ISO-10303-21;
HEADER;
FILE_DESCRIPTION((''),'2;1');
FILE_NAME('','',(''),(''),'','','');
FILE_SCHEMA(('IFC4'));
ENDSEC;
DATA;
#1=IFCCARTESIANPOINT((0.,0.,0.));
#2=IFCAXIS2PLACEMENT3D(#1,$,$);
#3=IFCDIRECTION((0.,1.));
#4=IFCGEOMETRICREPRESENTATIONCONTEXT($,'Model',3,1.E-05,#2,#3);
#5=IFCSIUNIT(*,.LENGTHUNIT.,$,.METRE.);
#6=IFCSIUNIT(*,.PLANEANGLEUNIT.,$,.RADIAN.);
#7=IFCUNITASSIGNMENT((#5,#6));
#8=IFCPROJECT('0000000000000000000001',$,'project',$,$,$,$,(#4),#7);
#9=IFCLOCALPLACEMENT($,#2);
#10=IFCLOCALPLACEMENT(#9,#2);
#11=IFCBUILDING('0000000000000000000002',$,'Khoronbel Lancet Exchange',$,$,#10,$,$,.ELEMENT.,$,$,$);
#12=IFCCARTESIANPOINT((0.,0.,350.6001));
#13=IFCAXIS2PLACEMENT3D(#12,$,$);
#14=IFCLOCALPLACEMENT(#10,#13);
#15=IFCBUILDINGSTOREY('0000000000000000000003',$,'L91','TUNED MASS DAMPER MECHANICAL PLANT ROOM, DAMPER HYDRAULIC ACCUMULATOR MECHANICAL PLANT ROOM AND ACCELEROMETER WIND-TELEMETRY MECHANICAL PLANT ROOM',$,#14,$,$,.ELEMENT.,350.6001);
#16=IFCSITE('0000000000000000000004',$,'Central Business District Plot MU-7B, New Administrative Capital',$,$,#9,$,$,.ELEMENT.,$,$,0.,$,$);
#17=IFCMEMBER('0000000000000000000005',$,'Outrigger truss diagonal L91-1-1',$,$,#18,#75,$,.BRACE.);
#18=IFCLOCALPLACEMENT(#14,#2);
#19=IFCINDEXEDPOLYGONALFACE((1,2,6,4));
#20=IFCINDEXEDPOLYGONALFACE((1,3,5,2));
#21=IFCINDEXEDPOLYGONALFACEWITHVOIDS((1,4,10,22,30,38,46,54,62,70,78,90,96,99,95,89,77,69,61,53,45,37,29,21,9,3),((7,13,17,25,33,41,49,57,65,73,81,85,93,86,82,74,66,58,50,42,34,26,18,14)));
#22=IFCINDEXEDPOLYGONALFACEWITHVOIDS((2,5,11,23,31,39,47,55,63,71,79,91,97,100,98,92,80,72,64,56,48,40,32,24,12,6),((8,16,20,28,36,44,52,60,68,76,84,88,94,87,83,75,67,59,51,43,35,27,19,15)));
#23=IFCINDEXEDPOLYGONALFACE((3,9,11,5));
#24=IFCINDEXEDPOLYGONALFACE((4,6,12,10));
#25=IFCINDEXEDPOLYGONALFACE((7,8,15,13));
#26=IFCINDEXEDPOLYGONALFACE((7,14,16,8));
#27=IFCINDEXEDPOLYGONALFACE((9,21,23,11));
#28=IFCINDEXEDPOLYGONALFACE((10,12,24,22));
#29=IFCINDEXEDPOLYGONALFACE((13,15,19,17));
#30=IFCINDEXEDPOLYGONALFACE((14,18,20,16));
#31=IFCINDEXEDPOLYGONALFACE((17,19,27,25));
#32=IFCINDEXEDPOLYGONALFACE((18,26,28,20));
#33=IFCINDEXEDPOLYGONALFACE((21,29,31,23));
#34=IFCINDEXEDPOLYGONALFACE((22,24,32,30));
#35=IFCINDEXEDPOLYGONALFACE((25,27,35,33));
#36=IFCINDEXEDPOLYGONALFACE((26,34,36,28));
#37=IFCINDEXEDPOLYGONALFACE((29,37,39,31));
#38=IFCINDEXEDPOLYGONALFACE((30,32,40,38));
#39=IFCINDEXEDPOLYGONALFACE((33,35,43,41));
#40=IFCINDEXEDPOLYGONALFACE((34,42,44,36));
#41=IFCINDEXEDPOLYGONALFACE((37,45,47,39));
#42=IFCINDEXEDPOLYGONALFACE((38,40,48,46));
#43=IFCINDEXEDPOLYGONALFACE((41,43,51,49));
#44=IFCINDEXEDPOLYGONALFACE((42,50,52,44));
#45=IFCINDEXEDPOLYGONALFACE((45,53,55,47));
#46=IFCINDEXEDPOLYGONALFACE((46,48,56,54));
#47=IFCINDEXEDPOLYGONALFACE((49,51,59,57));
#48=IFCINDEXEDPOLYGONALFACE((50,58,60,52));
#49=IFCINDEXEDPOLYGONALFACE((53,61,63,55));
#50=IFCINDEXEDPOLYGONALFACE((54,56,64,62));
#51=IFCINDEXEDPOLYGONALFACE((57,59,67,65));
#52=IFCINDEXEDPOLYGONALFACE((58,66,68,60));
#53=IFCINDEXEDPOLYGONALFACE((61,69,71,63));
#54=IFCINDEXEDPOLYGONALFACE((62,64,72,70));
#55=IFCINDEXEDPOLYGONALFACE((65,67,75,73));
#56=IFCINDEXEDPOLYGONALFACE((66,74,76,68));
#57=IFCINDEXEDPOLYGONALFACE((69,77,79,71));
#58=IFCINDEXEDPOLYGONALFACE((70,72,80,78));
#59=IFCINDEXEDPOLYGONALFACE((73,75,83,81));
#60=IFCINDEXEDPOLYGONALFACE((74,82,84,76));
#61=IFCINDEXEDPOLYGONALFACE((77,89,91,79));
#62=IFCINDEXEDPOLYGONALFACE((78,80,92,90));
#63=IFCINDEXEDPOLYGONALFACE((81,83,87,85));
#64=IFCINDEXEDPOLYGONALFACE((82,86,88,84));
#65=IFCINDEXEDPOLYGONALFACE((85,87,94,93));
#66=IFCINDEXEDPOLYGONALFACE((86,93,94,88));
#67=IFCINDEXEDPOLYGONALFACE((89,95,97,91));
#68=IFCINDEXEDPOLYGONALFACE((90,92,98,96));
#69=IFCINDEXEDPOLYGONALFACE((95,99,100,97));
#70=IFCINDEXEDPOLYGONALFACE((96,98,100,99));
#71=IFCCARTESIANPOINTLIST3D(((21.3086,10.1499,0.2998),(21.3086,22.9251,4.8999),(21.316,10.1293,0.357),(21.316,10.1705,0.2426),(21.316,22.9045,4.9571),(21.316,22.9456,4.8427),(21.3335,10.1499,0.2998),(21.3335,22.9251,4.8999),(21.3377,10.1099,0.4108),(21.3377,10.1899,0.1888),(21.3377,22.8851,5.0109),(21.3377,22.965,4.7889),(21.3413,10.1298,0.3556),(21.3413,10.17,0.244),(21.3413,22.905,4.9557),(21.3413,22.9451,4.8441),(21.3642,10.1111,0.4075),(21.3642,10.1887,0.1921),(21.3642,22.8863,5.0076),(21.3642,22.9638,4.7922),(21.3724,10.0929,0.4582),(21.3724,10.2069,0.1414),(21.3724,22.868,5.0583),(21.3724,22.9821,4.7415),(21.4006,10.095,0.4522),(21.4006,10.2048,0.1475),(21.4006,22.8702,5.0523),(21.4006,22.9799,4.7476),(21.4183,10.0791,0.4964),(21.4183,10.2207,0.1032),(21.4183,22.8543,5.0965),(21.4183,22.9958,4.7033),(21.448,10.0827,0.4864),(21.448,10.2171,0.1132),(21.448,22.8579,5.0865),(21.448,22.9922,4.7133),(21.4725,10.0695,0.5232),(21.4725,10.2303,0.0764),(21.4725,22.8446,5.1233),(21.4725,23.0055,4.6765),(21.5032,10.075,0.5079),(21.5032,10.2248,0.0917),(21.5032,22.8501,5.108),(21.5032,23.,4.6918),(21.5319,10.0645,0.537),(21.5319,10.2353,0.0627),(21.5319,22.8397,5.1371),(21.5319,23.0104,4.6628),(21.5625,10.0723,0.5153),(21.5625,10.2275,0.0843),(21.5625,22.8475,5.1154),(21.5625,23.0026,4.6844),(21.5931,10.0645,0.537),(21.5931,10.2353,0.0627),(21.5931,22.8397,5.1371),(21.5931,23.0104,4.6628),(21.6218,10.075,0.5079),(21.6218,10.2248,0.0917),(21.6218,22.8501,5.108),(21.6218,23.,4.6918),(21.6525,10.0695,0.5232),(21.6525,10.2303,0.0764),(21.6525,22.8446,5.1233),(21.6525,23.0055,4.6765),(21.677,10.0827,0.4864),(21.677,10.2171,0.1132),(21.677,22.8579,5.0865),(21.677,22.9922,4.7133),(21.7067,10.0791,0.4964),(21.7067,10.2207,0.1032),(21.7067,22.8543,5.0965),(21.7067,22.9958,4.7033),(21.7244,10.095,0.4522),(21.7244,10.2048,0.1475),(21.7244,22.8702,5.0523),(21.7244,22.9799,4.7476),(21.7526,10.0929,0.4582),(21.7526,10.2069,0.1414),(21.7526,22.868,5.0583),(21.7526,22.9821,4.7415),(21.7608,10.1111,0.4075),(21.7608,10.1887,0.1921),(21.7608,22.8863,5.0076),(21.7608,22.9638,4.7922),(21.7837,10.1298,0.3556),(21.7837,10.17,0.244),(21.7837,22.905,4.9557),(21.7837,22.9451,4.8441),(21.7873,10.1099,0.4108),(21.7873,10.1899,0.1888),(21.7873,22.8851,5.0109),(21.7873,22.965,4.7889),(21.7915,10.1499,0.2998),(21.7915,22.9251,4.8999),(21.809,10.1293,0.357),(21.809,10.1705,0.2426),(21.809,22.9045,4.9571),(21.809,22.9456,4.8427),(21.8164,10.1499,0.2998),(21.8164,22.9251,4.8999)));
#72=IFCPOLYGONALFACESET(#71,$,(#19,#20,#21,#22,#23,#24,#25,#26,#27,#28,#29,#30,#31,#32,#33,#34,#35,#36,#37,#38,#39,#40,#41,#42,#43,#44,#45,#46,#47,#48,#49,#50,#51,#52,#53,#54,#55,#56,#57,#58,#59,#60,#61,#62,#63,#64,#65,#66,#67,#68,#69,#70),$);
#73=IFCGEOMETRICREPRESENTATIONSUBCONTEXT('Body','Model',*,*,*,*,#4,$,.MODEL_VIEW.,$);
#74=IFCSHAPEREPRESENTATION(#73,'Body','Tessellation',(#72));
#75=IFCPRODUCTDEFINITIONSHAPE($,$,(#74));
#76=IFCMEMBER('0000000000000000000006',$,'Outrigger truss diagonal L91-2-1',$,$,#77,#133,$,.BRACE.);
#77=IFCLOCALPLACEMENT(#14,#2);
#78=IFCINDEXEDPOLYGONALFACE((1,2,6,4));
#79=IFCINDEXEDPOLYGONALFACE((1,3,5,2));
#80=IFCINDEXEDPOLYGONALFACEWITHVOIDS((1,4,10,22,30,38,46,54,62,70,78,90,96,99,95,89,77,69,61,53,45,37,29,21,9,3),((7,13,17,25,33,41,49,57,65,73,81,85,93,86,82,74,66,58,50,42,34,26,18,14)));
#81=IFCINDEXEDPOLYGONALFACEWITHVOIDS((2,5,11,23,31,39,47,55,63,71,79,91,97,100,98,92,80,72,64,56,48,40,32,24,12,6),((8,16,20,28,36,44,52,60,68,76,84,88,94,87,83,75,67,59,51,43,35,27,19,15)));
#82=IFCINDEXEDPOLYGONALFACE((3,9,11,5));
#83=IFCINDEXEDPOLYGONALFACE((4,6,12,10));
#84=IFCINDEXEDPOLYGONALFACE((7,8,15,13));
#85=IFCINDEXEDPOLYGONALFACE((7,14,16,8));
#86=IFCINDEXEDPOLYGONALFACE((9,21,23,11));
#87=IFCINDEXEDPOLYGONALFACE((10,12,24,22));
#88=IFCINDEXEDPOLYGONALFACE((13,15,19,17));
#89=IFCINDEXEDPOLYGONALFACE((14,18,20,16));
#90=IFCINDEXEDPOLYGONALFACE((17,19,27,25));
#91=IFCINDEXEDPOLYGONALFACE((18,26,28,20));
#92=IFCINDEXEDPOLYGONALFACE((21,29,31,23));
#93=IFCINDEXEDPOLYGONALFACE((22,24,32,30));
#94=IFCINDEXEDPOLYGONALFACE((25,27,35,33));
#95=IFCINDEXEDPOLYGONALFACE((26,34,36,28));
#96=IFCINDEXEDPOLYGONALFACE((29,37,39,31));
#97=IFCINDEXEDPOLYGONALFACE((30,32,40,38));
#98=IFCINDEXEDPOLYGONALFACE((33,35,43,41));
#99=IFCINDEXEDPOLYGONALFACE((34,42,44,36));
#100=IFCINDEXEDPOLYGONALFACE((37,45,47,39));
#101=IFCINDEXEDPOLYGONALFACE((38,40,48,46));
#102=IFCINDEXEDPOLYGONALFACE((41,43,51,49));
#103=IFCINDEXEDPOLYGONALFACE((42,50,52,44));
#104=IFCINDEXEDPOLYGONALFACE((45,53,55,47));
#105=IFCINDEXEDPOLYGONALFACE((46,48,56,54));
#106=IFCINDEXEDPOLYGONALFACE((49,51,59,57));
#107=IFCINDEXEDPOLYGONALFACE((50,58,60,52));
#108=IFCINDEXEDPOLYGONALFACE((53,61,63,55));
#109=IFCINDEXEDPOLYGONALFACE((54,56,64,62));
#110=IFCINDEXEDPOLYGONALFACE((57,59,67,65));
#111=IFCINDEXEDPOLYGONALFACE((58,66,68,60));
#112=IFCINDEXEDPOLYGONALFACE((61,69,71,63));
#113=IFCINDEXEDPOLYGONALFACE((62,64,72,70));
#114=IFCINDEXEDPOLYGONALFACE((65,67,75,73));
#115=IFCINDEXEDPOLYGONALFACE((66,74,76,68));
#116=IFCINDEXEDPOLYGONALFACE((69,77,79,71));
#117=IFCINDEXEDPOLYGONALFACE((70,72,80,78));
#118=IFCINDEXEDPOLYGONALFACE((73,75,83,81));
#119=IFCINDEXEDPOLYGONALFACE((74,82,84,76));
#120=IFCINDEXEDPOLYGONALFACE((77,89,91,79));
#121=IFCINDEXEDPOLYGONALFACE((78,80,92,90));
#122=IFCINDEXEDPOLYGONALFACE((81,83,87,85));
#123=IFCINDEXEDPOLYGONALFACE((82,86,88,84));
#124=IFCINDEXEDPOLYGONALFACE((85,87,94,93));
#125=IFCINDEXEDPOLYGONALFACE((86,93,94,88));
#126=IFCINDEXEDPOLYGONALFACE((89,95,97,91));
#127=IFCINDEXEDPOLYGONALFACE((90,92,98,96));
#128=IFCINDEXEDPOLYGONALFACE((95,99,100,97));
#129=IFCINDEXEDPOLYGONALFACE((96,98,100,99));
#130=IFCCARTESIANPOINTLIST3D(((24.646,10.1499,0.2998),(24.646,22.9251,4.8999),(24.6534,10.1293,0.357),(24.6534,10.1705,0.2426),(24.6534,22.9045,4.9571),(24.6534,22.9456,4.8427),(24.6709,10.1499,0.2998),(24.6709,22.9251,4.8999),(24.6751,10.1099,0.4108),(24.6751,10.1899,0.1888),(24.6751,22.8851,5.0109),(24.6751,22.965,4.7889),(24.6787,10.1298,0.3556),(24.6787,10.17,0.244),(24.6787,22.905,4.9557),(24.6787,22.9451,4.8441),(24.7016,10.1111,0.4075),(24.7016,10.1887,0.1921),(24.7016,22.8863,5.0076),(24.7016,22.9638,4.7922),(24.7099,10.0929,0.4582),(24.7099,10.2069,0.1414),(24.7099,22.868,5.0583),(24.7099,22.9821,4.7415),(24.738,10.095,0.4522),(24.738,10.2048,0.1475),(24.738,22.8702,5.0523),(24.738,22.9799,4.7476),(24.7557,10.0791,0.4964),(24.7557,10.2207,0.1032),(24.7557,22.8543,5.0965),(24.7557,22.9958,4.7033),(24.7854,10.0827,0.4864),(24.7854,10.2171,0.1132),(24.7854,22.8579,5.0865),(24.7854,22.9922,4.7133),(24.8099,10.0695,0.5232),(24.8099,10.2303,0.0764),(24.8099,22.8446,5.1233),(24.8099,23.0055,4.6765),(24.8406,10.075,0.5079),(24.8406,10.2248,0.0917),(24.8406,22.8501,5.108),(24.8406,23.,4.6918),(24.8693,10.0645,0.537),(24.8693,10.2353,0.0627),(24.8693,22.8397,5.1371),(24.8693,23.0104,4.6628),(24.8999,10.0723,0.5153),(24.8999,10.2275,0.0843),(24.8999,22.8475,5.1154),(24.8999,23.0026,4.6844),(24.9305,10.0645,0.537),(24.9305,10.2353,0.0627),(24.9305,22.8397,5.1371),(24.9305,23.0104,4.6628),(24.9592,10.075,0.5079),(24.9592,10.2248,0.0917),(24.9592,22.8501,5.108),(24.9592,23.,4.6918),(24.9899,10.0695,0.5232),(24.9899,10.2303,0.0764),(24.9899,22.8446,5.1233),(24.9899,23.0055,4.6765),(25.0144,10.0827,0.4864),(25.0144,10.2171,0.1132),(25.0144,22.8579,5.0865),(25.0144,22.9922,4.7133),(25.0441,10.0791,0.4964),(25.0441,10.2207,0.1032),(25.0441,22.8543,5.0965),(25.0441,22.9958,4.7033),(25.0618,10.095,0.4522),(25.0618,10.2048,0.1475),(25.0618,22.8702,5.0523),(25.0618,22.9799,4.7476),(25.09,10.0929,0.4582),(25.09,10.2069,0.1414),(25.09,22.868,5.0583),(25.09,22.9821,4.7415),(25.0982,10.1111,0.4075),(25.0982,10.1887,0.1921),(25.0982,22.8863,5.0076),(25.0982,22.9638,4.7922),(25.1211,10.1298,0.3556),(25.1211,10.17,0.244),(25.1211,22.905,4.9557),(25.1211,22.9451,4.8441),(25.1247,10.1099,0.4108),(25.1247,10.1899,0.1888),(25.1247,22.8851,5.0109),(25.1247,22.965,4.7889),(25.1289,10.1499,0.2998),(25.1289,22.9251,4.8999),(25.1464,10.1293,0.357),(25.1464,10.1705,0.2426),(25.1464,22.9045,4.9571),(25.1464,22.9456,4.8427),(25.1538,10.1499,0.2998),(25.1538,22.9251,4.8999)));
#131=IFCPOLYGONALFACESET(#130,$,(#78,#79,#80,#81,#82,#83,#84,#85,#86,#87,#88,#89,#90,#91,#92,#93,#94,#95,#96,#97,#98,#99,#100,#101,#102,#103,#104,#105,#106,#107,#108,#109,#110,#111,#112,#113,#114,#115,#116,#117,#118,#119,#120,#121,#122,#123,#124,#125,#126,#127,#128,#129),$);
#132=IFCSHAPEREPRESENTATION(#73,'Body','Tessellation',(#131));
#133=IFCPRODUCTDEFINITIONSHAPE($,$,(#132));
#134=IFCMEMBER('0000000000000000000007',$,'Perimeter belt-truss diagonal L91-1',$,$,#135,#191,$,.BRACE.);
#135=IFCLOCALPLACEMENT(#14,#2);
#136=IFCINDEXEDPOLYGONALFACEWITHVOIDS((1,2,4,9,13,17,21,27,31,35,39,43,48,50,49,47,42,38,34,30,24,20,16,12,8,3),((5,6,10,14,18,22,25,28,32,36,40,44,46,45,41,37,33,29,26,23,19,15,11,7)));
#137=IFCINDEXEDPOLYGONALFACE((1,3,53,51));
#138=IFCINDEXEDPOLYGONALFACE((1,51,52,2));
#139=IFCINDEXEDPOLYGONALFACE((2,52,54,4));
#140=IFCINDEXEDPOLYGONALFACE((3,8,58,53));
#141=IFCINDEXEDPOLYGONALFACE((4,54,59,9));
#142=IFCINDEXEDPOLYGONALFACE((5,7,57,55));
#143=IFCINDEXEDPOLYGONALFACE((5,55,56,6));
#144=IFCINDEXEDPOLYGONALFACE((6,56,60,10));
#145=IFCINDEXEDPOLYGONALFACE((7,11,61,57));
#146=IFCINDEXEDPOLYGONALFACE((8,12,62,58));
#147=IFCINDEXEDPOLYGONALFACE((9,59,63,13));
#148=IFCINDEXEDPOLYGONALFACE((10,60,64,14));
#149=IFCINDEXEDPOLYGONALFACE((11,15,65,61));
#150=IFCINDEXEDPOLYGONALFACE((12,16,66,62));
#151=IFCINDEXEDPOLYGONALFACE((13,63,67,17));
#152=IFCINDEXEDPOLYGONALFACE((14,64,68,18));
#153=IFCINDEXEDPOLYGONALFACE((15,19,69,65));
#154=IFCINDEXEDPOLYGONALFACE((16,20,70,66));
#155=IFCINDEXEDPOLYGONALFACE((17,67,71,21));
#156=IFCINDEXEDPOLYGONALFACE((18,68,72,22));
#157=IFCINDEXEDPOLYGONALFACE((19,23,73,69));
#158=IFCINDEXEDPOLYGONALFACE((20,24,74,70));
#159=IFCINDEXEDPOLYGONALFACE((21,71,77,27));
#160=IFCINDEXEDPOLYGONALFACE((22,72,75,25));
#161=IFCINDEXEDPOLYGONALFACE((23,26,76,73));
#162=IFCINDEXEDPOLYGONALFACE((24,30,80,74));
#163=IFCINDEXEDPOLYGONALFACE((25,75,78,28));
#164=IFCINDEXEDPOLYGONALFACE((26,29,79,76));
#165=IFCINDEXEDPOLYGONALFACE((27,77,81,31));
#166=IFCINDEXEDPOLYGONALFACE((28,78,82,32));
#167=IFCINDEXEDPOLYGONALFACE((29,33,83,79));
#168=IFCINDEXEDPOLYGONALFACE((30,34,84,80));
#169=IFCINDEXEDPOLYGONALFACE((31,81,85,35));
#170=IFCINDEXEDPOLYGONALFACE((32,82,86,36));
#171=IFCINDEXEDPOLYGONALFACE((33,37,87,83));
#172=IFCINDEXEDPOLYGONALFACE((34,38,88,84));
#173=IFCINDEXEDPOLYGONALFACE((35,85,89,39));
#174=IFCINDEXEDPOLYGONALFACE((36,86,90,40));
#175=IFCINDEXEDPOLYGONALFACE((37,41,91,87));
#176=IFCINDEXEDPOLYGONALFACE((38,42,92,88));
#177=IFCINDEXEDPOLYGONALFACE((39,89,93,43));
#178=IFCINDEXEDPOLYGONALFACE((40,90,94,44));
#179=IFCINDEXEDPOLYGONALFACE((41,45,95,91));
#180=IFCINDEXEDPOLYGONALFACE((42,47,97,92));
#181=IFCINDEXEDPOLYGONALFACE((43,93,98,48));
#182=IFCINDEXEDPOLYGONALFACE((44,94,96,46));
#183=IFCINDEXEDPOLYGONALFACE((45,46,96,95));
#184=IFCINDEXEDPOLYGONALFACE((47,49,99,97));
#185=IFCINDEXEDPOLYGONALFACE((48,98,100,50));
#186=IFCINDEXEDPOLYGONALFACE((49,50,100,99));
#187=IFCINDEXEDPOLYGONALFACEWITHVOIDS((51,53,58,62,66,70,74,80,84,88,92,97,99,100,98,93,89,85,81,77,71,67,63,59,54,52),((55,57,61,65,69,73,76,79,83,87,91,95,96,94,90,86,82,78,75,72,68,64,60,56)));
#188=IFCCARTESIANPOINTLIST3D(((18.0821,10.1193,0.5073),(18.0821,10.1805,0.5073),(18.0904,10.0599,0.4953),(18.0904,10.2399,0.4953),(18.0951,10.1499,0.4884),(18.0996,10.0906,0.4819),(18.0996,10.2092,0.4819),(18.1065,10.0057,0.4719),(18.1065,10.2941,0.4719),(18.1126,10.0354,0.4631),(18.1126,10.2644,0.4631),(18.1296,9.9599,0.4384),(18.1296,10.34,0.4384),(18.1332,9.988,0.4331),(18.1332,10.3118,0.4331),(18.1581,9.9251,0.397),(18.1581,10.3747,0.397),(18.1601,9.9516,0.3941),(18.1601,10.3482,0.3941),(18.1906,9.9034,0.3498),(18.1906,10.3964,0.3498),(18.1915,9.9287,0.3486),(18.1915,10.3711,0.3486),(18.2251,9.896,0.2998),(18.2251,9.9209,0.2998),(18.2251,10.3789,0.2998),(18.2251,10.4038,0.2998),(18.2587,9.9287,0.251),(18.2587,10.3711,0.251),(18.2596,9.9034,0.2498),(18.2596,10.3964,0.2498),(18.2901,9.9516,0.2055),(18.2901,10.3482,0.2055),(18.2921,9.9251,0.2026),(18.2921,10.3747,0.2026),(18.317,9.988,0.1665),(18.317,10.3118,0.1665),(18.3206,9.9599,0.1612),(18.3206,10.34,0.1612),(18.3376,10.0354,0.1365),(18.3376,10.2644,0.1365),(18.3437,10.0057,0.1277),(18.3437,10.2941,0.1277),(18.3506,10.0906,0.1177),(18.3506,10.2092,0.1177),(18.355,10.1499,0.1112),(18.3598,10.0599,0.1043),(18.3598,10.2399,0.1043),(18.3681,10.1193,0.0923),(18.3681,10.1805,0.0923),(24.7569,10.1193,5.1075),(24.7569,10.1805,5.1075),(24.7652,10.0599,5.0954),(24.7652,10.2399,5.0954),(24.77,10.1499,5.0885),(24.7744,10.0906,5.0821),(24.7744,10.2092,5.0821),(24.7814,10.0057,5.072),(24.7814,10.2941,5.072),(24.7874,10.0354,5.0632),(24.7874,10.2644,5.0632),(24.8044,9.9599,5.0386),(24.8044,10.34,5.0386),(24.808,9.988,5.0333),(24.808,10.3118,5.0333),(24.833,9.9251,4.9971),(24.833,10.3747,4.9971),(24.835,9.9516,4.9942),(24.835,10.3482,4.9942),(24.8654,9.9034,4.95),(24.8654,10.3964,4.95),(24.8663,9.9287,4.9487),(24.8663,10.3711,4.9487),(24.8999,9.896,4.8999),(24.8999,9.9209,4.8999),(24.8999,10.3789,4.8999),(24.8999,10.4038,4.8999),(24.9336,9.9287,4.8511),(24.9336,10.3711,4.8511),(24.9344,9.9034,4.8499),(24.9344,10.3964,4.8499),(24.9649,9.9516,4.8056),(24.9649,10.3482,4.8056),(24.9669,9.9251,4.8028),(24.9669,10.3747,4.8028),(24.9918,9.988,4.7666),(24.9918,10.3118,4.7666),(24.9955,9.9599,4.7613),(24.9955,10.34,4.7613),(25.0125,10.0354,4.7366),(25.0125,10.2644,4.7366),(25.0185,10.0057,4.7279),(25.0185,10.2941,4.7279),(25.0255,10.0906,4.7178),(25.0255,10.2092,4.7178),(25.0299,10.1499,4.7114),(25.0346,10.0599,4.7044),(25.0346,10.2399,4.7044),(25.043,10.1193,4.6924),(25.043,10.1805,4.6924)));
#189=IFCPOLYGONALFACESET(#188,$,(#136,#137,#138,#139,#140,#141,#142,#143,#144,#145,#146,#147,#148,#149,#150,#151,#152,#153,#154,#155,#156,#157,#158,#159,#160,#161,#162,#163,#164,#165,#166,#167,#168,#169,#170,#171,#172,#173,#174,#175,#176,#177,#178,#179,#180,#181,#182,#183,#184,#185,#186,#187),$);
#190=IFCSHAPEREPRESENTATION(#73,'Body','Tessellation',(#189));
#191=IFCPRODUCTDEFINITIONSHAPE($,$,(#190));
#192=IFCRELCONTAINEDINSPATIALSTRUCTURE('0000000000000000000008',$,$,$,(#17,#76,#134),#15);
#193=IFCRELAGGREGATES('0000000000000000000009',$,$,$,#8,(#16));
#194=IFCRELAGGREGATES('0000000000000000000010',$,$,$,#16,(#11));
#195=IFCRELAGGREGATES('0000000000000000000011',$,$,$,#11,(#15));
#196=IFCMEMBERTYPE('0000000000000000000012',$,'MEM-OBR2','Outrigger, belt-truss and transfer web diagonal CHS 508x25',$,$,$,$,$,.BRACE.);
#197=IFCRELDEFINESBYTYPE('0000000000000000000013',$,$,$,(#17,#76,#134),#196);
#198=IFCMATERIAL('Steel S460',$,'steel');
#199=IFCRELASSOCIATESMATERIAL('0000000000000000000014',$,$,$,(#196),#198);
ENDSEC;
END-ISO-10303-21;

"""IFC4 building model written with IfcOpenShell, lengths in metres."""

from ifc_helpers import new_model, si_unit, direction, frame, origin, origin_2d, place, context, subcontext, project, spatial, hollow_circle, extrude, material, material_profile, profile_set, type_object, element, save


model = new_model("IFC4")

# Units and contexts
model_context = context("Model", 3, precision=1e-05, world=origin(), true_north=direction((0.0, 1.0)))
body_context = subcontext(model_context, "Body", "Model", "MODEL_VIEW")
ifc_project = project(units=[si_unit("LENGTHUNIT", "METRE"), si_unit("PLANEANGLEUNIT", "RADIAN")], contexts=[model_context])

# Site, building, storey
site_placement = place(None, origin())
site = spatial("IfcSite", under=ifc_project, at=site_placement, Name="Central Business District Plot MU-7B, New Administrative Capital", CompositionType="ELEMENT", RefElevation=0.0)
building_placement = place(site_placement, origin())
building = spatial("IfcBuilding", under=site, at=building_placement, Name="Khoronbel Lancet Exchange", CompositionType="ELEMENT")
storey_placement = place(building_placement, frame((0.0, 0.0, 350.6001)))
storey = spatial("IfcBuildingStorey", under=building, at=storey_placement, Name="L91", Description="TUNED MASS DAMPER MECHANICAL PLANT ROOM, DAMPER HYDRAULIC ACCUMULATOR MECHANICAL PLANT ROOM AND ACCELEROMETER WIND-TELEMETRY MECHANICAL PLANT ROOM", CompositionType="ELEMENT", Elevation=350.6001)

# Shared definitions
ifc_material_1 = material(Name="Steel S460", Category="steel")

# Members
ifc_material_profile_1 = material_profile(ifc_material_1, hollow_circle(Radius=0.2539, WallThickness=0.0249, at=origin_2d()), Name="CHS 508x25")
ifc_profile_set_1 = profile_set([ifc_material_profile_1], Name="Steel S460")
member_type_1 = type_object("IfcMemberType", Name="MEM-OBR2", Description="Outrigger, belt-truss and transfer web diagonal CHS 508x25", PredefinedType="BRACE", material=ifc_profile_set_1)
for number, where, z_axis, x_axis, name in (
    (1, (21.5625, 10.1499, 0.2998), (0.0, 0.940863, 0.338788), (-1.0, 0.0, 0.0), "Outrigger truss diagonal L91-1-1"),
    (2, (24.8999, 10.1499, 0.2998), (0.0, 0.940863, 0.338788), (-1.0, 0.0, 0.0), "Outrigger truss diagonal L91-2-1"),
):
    element("IfcMember", number, at=place(storey_placement, frame(where, z_axis=z_axis, x_axis=x_axis)), inside=storey, type_object=member_type_1, Name=name, PredefinedType="BRACE", context=body_context, shape_type="SweptSolid", body=[
        extrude(hollow_circle(Radius=0.2539, WallThickness=0.0249, at=origin_2d()), origin(), (0.0, 0.0, 1.0), 13.5781),
    ])
member_1_placement = place(storey_placement, frame((18.2251, 10.1499, 0.2998), z_axis=(0.823398, 0.0, 0.567464), x_axis=(0.0, 1.0, 0.0)))
element("IfcMember", 3, at=member_1_placement, inside=storey, type_object=member_type_1, Name="Perimeter belt-truss diagonal L91-1", PredefinedType="BRACE", context=body_context, shape_type="SweptSolid", body=[
    extrude(hollow_circle(Radius=0.2539, WallThickness=0.0249, at=origin_2d()), origin(), (0.0, 0.0, 1.0), 8.1064),
])

save(model, "model.ifc")
